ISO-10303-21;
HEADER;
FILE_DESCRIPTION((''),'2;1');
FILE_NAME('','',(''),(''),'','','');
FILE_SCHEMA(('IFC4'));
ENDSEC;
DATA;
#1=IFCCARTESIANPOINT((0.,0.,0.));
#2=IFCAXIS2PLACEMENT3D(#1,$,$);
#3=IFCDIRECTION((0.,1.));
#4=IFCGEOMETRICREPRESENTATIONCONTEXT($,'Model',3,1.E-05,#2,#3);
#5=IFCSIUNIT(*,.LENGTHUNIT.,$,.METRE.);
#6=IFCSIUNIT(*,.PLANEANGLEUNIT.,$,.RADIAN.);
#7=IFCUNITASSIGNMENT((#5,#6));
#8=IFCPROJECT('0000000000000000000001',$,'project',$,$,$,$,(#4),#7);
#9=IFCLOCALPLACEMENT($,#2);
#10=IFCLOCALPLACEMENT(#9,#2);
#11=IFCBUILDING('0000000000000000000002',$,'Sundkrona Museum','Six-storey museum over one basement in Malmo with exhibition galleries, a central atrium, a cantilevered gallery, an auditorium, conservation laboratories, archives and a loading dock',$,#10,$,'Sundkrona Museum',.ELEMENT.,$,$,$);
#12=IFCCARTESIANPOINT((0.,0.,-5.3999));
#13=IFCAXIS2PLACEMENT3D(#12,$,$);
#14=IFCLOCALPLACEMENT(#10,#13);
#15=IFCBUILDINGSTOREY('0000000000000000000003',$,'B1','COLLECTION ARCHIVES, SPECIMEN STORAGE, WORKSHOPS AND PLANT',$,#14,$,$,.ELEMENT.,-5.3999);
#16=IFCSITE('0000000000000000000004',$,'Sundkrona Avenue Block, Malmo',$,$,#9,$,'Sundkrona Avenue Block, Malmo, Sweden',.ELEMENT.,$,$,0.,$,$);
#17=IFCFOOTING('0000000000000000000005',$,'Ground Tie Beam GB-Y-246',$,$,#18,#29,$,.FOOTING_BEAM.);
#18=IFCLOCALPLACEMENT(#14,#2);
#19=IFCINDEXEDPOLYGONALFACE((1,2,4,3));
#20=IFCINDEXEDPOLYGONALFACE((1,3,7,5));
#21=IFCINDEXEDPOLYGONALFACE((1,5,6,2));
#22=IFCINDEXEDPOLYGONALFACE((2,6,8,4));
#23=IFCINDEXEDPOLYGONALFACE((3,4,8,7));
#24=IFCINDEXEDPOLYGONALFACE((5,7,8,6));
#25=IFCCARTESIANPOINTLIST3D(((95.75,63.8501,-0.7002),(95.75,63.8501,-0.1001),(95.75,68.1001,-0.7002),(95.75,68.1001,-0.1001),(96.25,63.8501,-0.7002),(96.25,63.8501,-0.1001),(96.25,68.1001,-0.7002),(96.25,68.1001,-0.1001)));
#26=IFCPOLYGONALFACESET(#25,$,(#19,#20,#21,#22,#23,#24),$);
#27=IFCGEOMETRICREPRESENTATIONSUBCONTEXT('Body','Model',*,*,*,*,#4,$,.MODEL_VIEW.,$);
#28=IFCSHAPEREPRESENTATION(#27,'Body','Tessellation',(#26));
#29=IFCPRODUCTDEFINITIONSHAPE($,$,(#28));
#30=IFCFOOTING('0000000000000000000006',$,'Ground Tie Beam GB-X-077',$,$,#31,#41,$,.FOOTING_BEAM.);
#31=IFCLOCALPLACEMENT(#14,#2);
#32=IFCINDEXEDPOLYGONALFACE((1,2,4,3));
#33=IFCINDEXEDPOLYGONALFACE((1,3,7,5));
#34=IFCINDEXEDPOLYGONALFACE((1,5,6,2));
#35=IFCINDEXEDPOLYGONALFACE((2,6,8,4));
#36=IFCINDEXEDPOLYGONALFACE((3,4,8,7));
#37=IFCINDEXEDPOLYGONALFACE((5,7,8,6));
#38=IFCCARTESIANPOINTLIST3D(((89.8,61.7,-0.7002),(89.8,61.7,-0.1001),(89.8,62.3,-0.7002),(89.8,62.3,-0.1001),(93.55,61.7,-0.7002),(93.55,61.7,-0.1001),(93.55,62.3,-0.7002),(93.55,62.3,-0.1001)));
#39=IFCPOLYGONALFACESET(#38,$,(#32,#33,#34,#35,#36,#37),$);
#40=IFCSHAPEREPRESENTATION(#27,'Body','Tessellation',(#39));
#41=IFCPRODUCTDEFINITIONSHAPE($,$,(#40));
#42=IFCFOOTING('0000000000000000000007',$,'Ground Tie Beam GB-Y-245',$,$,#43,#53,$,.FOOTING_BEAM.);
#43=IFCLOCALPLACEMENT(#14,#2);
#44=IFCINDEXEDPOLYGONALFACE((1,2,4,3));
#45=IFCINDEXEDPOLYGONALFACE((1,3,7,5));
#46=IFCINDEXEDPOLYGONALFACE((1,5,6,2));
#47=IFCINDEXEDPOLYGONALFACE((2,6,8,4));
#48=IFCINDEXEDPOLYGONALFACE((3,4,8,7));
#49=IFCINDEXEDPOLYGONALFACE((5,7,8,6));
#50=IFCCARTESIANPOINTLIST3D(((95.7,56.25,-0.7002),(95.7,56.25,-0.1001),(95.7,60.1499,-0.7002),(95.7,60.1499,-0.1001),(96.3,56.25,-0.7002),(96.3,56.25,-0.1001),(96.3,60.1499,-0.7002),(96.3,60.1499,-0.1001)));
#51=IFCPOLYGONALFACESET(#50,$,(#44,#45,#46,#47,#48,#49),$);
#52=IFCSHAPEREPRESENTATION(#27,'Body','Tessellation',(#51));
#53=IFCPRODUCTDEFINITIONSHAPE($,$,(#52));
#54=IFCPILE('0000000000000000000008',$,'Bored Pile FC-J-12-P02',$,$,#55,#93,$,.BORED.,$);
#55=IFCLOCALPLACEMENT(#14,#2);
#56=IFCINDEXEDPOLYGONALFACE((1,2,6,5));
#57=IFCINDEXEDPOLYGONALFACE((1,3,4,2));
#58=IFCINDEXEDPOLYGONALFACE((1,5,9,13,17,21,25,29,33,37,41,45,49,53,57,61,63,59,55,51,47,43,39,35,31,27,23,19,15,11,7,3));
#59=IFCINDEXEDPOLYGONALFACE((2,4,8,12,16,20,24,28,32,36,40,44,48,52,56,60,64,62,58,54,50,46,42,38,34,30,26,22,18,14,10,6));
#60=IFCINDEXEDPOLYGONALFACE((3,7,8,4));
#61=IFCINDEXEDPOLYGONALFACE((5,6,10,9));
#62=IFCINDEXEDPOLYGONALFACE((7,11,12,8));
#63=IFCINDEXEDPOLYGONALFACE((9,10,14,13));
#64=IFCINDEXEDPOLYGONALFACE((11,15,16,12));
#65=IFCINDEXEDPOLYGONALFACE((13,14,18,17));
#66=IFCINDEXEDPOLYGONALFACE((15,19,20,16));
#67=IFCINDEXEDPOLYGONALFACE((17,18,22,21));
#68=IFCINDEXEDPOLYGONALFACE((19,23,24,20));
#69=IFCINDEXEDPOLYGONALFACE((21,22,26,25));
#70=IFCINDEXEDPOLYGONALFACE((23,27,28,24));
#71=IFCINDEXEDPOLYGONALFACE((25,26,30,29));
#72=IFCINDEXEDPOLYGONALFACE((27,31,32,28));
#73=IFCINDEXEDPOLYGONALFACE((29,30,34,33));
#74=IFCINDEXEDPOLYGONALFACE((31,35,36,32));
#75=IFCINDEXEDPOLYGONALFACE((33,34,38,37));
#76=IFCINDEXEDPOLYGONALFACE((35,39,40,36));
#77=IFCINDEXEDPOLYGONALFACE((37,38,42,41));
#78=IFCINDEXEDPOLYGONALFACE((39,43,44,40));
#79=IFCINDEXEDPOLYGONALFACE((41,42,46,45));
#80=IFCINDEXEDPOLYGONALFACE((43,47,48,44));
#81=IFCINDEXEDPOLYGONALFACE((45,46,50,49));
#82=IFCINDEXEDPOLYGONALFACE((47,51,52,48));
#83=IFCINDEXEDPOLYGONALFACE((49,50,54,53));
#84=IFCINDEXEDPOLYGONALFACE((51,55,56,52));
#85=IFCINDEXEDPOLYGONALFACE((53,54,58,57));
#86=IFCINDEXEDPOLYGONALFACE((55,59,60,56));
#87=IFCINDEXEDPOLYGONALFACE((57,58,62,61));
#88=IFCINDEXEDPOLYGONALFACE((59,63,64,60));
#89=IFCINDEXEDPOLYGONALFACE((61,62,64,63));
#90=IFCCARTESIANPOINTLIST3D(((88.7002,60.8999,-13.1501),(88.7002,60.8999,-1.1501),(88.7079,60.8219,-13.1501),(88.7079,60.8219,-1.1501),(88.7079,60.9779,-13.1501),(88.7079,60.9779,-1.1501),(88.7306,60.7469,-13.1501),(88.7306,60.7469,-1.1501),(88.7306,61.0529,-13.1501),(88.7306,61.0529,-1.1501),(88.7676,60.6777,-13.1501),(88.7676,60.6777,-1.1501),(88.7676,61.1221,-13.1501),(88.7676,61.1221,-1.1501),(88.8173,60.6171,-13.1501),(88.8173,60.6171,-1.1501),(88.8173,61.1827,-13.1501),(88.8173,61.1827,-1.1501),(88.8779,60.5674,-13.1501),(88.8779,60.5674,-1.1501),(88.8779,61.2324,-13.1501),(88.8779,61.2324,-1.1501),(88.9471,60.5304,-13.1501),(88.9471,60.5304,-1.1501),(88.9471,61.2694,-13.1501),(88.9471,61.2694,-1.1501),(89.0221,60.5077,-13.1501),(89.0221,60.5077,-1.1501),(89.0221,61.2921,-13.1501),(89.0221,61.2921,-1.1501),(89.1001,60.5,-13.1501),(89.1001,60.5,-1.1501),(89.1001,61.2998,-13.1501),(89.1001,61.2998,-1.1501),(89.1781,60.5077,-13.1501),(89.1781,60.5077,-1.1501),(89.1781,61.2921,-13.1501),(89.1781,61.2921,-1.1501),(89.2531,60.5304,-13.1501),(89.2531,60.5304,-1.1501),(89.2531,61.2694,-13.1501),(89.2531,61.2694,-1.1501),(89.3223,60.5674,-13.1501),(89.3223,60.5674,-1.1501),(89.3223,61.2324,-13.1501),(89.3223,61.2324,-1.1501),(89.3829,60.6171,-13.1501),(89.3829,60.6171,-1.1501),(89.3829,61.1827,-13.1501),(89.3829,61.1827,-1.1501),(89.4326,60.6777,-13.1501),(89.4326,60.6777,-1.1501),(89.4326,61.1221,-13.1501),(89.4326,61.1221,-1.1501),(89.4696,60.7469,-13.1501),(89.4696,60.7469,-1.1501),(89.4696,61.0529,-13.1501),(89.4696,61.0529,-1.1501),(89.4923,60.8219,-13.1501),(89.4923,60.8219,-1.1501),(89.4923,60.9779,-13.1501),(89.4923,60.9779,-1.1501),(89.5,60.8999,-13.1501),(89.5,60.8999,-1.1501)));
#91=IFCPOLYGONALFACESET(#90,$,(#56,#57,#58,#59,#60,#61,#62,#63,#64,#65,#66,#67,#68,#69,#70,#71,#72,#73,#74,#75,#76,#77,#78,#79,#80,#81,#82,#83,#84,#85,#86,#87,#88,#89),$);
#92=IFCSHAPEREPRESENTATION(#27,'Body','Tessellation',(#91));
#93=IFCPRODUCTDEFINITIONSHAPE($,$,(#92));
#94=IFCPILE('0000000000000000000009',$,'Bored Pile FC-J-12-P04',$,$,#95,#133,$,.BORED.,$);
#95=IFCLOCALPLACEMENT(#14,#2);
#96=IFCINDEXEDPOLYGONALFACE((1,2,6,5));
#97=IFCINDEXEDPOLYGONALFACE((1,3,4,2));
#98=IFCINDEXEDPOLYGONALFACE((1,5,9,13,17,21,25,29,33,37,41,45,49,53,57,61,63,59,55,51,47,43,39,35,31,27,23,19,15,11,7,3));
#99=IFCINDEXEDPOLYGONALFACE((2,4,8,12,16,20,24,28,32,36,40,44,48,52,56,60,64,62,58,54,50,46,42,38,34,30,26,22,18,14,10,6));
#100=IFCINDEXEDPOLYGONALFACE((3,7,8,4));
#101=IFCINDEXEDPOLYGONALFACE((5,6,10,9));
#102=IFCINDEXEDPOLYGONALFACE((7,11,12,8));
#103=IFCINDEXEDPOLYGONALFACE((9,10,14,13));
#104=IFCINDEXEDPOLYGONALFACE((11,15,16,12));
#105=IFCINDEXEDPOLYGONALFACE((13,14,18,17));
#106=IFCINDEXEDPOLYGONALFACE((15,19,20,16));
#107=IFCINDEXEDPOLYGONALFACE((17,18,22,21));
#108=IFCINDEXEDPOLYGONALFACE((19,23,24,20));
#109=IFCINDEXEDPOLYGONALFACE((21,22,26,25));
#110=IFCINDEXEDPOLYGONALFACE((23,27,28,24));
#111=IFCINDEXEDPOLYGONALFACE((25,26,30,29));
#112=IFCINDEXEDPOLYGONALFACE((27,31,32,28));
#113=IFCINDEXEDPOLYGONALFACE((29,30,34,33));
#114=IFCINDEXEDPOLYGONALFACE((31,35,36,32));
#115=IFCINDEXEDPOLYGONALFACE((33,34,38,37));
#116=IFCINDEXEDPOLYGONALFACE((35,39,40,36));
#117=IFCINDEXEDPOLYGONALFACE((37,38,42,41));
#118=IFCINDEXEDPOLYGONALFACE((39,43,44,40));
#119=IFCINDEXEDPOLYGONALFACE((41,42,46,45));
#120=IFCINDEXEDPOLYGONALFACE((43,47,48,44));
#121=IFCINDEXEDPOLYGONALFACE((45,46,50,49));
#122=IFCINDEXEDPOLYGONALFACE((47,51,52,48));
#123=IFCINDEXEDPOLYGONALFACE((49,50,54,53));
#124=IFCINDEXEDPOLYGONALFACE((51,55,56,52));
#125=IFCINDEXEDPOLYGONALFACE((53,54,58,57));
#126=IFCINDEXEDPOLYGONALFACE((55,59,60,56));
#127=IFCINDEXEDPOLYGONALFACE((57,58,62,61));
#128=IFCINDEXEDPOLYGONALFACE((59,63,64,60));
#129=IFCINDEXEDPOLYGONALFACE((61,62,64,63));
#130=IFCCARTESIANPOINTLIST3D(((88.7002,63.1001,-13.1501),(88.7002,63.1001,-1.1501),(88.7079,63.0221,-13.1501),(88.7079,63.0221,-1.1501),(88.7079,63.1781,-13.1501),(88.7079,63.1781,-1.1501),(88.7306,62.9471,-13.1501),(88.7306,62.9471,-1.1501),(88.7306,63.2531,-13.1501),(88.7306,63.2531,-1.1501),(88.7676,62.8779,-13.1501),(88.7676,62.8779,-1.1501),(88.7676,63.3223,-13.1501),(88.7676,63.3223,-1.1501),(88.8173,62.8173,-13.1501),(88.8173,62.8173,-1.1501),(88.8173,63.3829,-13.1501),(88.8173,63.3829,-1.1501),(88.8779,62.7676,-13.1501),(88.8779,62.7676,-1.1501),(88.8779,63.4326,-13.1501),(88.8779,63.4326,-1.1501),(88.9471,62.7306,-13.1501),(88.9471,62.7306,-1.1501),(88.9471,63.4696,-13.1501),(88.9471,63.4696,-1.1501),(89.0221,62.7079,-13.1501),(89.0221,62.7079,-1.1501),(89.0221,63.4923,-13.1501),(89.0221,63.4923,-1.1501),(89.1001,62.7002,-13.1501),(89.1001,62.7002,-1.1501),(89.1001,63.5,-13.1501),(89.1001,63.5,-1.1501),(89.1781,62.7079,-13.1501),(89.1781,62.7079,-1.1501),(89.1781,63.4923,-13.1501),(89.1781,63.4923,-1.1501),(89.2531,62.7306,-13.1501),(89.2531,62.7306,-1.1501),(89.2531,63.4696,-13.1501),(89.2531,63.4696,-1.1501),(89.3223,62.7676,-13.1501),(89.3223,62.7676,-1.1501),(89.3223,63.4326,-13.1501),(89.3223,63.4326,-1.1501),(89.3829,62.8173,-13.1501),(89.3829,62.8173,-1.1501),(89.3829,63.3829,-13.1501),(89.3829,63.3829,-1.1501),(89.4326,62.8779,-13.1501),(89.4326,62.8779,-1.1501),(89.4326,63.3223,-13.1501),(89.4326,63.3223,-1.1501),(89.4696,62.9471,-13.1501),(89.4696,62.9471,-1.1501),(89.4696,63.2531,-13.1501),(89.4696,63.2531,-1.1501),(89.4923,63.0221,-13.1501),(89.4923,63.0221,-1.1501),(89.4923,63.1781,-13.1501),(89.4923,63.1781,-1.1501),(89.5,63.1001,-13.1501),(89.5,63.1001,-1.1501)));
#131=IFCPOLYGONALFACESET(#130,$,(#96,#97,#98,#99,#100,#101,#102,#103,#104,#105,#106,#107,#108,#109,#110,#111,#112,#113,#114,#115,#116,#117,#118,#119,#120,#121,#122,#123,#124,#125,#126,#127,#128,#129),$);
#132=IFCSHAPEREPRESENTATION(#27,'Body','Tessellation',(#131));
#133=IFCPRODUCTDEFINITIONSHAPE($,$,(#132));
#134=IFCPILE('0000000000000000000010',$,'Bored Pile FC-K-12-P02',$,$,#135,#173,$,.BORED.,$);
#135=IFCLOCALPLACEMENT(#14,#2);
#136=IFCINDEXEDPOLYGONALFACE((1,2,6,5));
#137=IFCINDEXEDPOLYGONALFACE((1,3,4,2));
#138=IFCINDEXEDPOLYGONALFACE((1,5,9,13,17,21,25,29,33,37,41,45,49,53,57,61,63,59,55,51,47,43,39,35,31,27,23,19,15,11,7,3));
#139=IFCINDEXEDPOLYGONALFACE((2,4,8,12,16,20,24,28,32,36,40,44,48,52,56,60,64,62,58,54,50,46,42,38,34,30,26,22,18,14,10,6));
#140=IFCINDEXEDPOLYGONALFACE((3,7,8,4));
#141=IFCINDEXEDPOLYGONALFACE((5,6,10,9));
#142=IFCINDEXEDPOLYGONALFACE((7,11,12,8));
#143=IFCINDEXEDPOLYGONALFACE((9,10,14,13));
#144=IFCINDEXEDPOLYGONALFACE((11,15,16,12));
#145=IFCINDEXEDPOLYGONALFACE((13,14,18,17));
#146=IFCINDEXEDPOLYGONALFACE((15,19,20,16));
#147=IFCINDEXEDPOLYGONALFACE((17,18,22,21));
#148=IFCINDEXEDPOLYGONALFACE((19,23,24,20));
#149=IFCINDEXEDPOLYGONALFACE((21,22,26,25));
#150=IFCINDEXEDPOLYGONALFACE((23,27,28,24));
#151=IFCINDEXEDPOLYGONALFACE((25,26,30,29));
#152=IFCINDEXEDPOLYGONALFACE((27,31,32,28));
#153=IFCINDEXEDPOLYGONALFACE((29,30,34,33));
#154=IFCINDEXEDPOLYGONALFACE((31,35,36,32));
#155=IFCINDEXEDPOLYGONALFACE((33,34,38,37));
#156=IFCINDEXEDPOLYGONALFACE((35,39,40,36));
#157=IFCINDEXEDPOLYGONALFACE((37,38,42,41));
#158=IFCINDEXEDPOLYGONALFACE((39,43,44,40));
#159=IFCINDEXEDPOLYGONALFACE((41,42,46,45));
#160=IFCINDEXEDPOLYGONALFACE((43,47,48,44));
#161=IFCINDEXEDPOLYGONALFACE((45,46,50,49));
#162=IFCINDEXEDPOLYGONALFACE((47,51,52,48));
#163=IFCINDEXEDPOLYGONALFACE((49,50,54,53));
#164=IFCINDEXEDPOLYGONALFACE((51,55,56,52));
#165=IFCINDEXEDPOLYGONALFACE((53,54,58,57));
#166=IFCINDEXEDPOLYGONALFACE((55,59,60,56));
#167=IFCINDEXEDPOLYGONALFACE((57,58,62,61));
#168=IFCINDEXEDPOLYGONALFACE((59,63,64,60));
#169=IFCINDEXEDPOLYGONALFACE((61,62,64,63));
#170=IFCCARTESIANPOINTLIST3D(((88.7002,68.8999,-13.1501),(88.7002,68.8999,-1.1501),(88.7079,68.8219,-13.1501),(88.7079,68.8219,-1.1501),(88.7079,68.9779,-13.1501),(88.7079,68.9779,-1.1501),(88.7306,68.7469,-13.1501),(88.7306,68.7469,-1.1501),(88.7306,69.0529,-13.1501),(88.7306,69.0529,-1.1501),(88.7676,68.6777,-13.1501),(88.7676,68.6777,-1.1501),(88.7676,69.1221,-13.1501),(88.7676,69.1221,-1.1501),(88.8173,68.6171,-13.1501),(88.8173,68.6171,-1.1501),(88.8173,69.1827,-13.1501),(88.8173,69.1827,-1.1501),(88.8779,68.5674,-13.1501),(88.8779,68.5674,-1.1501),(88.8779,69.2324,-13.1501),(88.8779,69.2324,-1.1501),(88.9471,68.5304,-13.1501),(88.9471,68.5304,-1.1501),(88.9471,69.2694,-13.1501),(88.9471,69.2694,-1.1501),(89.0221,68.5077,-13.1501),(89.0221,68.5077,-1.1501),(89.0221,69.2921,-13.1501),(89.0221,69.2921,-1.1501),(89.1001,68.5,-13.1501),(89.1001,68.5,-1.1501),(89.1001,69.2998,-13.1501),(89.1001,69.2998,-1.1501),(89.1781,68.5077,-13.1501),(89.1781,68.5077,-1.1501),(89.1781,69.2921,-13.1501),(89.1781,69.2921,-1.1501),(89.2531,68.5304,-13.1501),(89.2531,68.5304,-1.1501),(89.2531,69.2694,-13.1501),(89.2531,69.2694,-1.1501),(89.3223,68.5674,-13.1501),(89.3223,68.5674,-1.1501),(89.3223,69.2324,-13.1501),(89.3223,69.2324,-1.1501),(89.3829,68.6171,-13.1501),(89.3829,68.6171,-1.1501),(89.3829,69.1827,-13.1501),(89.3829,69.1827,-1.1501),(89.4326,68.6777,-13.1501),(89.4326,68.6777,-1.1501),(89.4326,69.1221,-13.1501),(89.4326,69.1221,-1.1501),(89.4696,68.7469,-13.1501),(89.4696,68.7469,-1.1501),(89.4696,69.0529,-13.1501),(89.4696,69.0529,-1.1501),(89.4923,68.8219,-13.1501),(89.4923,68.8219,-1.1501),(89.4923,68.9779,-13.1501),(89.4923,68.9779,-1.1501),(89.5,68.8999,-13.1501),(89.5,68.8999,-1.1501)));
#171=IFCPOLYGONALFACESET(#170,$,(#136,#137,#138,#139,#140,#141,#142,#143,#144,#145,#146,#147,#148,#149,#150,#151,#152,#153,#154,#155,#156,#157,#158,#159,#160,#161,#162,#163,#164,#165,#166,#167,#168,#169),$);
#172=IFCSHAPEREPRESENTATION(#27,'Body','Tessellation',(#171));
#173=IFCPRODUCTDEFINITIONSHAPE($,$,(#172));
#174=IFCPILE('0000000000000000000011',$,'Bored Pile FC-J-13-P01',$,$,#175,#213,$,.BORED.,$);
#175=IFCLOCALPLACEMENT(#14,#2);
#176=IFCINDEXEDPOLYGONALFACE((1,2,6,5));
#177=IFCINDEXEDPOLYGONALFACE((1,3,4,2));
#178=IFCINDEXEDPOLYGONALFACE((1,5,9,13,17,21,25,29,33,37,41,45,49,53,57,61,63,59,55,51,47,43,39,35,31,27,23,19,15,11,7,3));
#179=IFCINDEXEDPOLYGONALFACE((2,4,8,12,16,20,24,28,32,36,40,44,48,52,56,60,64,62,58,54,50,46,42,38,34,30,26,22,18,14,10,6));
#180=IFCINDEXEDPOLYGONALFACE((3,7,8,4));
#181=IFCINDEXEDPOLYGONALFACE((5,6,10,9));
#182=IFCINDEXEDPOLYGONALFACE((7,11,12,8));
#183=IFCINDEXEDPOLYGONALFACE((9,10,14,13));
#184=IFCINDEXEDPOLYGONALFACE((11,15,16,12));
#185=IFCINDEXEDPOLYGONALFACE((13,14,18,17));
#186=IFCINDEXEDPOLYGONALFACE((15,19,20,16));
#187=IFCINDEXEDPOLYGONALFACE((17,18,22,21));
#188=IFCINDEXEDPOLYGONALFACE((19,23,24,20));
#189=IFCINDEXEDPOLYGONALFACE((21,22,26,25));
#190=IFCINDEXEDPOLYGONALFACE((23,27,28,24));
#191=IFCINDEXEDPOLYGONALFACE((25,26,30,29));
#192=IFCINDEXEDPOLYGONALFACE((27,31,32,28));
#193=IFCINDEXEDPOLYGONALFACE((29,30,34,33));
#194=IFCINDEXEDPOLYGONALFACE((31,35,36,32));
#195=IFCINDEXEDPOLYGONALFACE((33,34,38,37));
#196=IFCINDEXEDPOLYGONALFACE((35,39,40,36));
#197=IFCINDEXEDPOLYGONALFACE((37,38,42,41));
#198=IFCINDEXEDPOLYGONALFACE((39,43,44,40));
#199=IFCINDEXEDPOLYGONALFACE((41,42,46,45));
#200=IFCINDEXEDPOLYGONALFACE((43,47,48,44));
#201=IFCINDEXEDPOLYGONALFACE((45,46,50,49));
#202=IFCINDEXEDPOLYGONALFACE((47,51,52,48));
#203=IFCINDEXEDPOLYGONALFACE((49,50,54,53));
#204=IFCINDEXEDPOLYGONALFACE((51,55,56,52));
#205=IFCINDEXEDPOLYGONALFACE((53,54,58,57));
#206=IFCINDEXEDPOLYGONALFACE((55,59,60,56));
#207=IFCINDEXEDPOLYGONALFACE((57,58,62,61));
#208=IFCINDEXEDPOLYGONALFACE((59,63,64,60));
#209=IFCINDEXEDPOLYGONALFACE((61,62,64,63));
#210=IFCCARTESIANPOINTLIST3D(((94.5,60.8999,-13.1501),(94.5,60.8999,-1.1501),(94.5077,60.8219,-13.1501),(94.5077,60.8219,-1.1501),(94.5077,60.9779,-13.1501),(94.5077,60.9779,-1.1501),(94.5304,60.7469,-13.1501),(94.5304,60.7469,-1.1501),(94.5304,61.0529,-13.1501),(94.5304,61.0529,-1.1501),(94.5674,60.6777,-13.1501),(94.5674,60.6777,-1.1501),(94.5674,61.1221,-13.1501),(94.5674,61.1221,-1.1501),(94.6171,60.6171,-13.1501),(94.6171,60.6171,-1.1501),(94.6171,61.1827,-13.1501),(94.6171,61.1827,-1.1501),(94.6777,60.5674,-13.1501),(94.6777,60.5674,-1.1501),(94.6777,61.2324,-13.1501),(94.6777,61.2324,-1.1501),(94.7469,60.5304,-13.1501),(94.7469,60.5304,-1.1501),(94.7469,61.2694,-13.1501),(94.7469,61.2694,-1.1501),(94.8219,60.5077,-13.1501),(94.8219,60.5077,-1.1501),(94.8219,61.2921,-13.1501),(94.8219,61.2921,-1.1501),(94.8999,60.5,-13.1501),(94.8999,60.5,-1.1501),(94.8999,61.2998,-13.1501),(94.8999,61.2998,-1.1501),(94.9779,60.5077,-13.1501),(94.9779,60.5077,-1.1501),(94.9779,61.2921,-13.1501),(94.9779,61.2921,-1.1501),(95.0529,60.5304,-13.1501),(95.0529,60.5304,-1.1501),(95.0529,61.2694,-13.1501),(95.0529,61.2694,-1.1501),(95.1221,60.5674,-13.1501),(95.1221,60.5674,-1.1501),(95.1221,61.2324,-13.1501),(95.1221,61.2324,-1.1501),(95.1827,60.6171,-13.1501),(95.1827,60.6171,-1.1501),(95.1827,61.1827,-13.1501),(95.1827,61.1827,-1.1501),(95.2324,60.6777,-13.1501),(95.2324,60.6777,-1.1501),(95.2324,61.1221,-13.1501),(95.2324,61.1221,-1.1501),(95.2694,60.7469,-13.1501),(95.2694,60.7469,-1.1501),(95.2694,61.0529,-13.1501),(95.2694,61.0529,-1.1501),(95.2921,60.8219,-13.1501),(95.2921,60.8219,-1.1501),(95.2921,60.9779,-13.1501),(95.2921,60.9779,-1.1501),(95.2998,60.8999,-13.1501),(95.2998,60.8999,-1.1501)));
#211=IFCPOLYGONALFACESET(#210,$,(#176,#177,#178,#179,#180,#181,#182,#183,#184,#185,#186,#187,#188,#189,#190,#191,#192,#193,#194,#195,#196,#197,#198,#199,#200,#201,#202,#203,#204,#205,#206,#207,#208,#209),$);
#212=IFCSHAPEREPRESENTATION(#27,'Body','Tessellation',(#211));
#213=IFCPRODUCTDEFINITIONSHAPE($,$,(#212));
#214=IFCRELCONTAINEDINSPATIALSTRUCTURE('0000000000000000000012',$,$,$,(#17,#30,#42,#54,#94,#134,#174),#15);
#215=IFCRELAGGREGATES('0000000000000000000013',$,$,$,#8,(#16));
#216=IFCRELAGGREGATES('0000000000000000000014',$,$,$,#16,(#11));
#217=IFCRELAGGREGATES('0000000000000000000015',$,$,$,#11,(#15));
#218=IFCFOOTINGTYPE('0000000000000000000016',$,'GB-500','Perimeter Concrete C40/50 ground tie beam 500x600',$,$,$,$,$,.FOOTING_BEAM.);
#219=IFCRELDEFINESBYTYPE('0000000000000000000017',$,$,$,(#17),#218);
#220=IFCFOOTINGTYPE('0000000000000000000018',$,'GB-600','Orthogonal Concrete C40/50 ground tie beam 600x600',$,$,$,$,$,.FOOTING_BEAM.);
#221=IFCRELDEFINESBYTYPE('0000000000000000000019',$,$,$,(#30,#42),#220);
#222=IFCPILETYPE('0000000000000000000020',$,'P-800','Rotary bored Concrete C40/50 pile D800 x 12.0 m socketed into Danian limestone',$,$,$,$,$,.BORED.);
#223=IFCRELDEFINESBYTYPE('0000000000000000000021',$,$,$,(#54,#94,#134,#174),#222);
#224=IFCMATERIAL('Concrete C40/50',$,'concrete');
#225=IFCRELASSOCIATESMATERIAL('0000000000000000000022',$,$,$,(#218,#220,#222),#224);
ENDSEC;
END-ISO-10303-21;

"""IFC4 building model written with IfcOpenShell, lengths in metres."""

from ifc_helpers import new_model, si_unit, direction, frame, origin, origin_2d, place, context, subcontext, project, spatial, rectangle, circle, extrude, material, material_profile, profile_set, type_object, element, save


model = new_model("IFC4")

# Units and contexts
model_context = context("Model", 3, precision=1e-05, world=origin(), true_north=direction((0.0, 1.0)))
body_context = subcontext(model_context, "Body", "Model", "MODEL_VIEW")
ifc_project = project(units=[si_unit("LENGTHUNIT", "METRE"), si_unit("PLANEANGLEUNIT", "RADIAN")], contexts=[model_context])

# Site, building, storey
site_placement = place(None, origin())
site = spatial("IfcSite", under=ifc_project, at=site_placement, Name="Sundkrona Avenue Block, Malmo", LongName="Sundkrona Avenue Block, Malmo, Sweden", CompositionType="ELEMENT", RefElevation=0.0)
building_placement = place(site_placement, origin())
building = spatial("IfcBuilding", under=site, at=building_placement, Name="Sundkrona Museum", Description="Six-storey museum over one basement in Malmo with exhibition galleries, a central atrium, a cantilevered gallery, an auditorium, conservation laboratories, archives and a loading dock", LongName="Sundkrona Museum", CompositionType="ELEMENT")
storey_placement = place(building_placement, frame((0.0, 0.0, -5.3999)))
storey = spatial("IfcBuildingStorey", under=building, at=storey_placement, Name="B1", Description="COLLECTION ARCHIVES, SPECIMEN STORAGE, WORKSHOPS AND PLANT", CompositionType="ELEMENT", Elevation=-5.3999)

# Footings
ifc_material_1 = material(Name="Concrete C40/50", Category="concrete")
footing_type_1 = type_object("IfcFootingType", Name="GB-500", Description="Perimeter Concrete C40/50 ground tie beam 500x600", PredefinedType="FOOTING_BEAM", material=ifc_material_1)
footing_1_placement = place(storey_placement, frame((96.0, 65.9751, -0.7002), z_axis=(0.0, 0.0, 1.0), x_axis=(0.0, 1.0, 0.0)))
element("IfcFooting", 1, at=footing_1_placement, inside=storey, type_object=footing_type_1, Name="Ground Tie Beam GB-Y-246", PredefinedType="FOOTING_BEAM", context=body_context, shape_type="SweptSolid", body=[
    extrude(rectangle(XDim=4.25, YDim=0.5, at=origin_2d()), origin(), (0.0, 0.0, 1.0), 0.6001),
])
footing_type_2 = type_object("IfcFootingType", Name="GB-600", Description="Orthogonal Concrete C40/50 ground tie beam 600x600", PredefinedType="FOOTING_BEAM", material=ifc_material_1)
footing_2_placement = place(storey_placement, frame((91.675, 62.0, -0.7002), z_axis=(0.0, 0.0, 1.0), x_axis=(1.0, 0.0, 0.0)))
element("IfcFooting", 2, at=footing_2_placement, inside=storey, type_object=footing_type_2, Name="Ground Tie Beam GB-X-077", PredefinedType="FOOTING_BEAM", context=body_context, shape_type="SweptSolid", body=[
    extrude(rectangle(XDim=3.75, YDim=0.6001, at=origin_2d()), origin(), (0.0, 0.0, 1.0), 0.6001),
])
footing_3_placement = place(storey_placement, frame((96.0, 58.2, -0.7002), z_axis=(0.0, 0.0, 1.0), x_axis=(0.0, 1.0, 0.0)))
element("IfcFooting", 3, at=footing_3_placement, inside=storey, type_object=footing_type_2, Name="Ground Tie Beam GB-Y-245", PredefinedType="FOOTING_BEAM", context=body_context, shape_type="SweptSolid", body=[
    extrude(rectangle(XDim=3.8999, YDim=0.6001, at=origin_2d()), origin(), (0.0, 0.0, 1.0), 0.6001),
])

# Piles
ifc_material_profile_1 = material_profile(ifc_material_1, circle(Radius=0.3999, at=origin_2d()), Name="PILE D800")
ifc_profile_set_1 = profile_set([ifc_material_profile_1], Name="Concrete C40/50")
pile_type = type_object("IfcPileType", Name="P-800", Description="Rotary bored Concrete C40/50 pile D800 x 12.0 m socketed into Danian limestone", PredefinedType="BORED", material=ifc_profile_set_1)
for number, where, z_axis, x_axis, name in (
    (4, (89.1001, 60.8999, -1.1501), (0.0, 0.0, -1.0), (1.0, 0.0, 0.0), "Bored Pile FC-J-12-P02"),
    (5, (89.1001, 63.1001, -1.1501), (0.0, 0.0, -1.0), (1.0, 0.0, 0.0), "Bored Pile FC-J-12-P04"),
    (6, (89.1001, 68.8999, -1.1501), (0.0, 0.0, -1.0), (1.0, 0.0, 0.0), "Bored Pile FC-K-12-P02"),
    (7, (94.8999, 60.8999, -1.1501), (0.0, 0.0, -1.0), (1.0, 0.0, 0.0), "Bored Pile FC-J-13-P01"),
):
    element("IfcPile", number, at=place(storey_placement, frame(where, z_axis=z_axis, x_axis=x_axis)), inside=storey, type_object=pile_type, Name=name, PredefinedType="BORED", context=body_context, shape_type="SweptSolid", body=[
        extrude(circle(Radius=0.3999, at=origin_2d()), origin(), (0.0, 0.0, 1.0), 12.0),
    ])

save(model, "model.ifc")
